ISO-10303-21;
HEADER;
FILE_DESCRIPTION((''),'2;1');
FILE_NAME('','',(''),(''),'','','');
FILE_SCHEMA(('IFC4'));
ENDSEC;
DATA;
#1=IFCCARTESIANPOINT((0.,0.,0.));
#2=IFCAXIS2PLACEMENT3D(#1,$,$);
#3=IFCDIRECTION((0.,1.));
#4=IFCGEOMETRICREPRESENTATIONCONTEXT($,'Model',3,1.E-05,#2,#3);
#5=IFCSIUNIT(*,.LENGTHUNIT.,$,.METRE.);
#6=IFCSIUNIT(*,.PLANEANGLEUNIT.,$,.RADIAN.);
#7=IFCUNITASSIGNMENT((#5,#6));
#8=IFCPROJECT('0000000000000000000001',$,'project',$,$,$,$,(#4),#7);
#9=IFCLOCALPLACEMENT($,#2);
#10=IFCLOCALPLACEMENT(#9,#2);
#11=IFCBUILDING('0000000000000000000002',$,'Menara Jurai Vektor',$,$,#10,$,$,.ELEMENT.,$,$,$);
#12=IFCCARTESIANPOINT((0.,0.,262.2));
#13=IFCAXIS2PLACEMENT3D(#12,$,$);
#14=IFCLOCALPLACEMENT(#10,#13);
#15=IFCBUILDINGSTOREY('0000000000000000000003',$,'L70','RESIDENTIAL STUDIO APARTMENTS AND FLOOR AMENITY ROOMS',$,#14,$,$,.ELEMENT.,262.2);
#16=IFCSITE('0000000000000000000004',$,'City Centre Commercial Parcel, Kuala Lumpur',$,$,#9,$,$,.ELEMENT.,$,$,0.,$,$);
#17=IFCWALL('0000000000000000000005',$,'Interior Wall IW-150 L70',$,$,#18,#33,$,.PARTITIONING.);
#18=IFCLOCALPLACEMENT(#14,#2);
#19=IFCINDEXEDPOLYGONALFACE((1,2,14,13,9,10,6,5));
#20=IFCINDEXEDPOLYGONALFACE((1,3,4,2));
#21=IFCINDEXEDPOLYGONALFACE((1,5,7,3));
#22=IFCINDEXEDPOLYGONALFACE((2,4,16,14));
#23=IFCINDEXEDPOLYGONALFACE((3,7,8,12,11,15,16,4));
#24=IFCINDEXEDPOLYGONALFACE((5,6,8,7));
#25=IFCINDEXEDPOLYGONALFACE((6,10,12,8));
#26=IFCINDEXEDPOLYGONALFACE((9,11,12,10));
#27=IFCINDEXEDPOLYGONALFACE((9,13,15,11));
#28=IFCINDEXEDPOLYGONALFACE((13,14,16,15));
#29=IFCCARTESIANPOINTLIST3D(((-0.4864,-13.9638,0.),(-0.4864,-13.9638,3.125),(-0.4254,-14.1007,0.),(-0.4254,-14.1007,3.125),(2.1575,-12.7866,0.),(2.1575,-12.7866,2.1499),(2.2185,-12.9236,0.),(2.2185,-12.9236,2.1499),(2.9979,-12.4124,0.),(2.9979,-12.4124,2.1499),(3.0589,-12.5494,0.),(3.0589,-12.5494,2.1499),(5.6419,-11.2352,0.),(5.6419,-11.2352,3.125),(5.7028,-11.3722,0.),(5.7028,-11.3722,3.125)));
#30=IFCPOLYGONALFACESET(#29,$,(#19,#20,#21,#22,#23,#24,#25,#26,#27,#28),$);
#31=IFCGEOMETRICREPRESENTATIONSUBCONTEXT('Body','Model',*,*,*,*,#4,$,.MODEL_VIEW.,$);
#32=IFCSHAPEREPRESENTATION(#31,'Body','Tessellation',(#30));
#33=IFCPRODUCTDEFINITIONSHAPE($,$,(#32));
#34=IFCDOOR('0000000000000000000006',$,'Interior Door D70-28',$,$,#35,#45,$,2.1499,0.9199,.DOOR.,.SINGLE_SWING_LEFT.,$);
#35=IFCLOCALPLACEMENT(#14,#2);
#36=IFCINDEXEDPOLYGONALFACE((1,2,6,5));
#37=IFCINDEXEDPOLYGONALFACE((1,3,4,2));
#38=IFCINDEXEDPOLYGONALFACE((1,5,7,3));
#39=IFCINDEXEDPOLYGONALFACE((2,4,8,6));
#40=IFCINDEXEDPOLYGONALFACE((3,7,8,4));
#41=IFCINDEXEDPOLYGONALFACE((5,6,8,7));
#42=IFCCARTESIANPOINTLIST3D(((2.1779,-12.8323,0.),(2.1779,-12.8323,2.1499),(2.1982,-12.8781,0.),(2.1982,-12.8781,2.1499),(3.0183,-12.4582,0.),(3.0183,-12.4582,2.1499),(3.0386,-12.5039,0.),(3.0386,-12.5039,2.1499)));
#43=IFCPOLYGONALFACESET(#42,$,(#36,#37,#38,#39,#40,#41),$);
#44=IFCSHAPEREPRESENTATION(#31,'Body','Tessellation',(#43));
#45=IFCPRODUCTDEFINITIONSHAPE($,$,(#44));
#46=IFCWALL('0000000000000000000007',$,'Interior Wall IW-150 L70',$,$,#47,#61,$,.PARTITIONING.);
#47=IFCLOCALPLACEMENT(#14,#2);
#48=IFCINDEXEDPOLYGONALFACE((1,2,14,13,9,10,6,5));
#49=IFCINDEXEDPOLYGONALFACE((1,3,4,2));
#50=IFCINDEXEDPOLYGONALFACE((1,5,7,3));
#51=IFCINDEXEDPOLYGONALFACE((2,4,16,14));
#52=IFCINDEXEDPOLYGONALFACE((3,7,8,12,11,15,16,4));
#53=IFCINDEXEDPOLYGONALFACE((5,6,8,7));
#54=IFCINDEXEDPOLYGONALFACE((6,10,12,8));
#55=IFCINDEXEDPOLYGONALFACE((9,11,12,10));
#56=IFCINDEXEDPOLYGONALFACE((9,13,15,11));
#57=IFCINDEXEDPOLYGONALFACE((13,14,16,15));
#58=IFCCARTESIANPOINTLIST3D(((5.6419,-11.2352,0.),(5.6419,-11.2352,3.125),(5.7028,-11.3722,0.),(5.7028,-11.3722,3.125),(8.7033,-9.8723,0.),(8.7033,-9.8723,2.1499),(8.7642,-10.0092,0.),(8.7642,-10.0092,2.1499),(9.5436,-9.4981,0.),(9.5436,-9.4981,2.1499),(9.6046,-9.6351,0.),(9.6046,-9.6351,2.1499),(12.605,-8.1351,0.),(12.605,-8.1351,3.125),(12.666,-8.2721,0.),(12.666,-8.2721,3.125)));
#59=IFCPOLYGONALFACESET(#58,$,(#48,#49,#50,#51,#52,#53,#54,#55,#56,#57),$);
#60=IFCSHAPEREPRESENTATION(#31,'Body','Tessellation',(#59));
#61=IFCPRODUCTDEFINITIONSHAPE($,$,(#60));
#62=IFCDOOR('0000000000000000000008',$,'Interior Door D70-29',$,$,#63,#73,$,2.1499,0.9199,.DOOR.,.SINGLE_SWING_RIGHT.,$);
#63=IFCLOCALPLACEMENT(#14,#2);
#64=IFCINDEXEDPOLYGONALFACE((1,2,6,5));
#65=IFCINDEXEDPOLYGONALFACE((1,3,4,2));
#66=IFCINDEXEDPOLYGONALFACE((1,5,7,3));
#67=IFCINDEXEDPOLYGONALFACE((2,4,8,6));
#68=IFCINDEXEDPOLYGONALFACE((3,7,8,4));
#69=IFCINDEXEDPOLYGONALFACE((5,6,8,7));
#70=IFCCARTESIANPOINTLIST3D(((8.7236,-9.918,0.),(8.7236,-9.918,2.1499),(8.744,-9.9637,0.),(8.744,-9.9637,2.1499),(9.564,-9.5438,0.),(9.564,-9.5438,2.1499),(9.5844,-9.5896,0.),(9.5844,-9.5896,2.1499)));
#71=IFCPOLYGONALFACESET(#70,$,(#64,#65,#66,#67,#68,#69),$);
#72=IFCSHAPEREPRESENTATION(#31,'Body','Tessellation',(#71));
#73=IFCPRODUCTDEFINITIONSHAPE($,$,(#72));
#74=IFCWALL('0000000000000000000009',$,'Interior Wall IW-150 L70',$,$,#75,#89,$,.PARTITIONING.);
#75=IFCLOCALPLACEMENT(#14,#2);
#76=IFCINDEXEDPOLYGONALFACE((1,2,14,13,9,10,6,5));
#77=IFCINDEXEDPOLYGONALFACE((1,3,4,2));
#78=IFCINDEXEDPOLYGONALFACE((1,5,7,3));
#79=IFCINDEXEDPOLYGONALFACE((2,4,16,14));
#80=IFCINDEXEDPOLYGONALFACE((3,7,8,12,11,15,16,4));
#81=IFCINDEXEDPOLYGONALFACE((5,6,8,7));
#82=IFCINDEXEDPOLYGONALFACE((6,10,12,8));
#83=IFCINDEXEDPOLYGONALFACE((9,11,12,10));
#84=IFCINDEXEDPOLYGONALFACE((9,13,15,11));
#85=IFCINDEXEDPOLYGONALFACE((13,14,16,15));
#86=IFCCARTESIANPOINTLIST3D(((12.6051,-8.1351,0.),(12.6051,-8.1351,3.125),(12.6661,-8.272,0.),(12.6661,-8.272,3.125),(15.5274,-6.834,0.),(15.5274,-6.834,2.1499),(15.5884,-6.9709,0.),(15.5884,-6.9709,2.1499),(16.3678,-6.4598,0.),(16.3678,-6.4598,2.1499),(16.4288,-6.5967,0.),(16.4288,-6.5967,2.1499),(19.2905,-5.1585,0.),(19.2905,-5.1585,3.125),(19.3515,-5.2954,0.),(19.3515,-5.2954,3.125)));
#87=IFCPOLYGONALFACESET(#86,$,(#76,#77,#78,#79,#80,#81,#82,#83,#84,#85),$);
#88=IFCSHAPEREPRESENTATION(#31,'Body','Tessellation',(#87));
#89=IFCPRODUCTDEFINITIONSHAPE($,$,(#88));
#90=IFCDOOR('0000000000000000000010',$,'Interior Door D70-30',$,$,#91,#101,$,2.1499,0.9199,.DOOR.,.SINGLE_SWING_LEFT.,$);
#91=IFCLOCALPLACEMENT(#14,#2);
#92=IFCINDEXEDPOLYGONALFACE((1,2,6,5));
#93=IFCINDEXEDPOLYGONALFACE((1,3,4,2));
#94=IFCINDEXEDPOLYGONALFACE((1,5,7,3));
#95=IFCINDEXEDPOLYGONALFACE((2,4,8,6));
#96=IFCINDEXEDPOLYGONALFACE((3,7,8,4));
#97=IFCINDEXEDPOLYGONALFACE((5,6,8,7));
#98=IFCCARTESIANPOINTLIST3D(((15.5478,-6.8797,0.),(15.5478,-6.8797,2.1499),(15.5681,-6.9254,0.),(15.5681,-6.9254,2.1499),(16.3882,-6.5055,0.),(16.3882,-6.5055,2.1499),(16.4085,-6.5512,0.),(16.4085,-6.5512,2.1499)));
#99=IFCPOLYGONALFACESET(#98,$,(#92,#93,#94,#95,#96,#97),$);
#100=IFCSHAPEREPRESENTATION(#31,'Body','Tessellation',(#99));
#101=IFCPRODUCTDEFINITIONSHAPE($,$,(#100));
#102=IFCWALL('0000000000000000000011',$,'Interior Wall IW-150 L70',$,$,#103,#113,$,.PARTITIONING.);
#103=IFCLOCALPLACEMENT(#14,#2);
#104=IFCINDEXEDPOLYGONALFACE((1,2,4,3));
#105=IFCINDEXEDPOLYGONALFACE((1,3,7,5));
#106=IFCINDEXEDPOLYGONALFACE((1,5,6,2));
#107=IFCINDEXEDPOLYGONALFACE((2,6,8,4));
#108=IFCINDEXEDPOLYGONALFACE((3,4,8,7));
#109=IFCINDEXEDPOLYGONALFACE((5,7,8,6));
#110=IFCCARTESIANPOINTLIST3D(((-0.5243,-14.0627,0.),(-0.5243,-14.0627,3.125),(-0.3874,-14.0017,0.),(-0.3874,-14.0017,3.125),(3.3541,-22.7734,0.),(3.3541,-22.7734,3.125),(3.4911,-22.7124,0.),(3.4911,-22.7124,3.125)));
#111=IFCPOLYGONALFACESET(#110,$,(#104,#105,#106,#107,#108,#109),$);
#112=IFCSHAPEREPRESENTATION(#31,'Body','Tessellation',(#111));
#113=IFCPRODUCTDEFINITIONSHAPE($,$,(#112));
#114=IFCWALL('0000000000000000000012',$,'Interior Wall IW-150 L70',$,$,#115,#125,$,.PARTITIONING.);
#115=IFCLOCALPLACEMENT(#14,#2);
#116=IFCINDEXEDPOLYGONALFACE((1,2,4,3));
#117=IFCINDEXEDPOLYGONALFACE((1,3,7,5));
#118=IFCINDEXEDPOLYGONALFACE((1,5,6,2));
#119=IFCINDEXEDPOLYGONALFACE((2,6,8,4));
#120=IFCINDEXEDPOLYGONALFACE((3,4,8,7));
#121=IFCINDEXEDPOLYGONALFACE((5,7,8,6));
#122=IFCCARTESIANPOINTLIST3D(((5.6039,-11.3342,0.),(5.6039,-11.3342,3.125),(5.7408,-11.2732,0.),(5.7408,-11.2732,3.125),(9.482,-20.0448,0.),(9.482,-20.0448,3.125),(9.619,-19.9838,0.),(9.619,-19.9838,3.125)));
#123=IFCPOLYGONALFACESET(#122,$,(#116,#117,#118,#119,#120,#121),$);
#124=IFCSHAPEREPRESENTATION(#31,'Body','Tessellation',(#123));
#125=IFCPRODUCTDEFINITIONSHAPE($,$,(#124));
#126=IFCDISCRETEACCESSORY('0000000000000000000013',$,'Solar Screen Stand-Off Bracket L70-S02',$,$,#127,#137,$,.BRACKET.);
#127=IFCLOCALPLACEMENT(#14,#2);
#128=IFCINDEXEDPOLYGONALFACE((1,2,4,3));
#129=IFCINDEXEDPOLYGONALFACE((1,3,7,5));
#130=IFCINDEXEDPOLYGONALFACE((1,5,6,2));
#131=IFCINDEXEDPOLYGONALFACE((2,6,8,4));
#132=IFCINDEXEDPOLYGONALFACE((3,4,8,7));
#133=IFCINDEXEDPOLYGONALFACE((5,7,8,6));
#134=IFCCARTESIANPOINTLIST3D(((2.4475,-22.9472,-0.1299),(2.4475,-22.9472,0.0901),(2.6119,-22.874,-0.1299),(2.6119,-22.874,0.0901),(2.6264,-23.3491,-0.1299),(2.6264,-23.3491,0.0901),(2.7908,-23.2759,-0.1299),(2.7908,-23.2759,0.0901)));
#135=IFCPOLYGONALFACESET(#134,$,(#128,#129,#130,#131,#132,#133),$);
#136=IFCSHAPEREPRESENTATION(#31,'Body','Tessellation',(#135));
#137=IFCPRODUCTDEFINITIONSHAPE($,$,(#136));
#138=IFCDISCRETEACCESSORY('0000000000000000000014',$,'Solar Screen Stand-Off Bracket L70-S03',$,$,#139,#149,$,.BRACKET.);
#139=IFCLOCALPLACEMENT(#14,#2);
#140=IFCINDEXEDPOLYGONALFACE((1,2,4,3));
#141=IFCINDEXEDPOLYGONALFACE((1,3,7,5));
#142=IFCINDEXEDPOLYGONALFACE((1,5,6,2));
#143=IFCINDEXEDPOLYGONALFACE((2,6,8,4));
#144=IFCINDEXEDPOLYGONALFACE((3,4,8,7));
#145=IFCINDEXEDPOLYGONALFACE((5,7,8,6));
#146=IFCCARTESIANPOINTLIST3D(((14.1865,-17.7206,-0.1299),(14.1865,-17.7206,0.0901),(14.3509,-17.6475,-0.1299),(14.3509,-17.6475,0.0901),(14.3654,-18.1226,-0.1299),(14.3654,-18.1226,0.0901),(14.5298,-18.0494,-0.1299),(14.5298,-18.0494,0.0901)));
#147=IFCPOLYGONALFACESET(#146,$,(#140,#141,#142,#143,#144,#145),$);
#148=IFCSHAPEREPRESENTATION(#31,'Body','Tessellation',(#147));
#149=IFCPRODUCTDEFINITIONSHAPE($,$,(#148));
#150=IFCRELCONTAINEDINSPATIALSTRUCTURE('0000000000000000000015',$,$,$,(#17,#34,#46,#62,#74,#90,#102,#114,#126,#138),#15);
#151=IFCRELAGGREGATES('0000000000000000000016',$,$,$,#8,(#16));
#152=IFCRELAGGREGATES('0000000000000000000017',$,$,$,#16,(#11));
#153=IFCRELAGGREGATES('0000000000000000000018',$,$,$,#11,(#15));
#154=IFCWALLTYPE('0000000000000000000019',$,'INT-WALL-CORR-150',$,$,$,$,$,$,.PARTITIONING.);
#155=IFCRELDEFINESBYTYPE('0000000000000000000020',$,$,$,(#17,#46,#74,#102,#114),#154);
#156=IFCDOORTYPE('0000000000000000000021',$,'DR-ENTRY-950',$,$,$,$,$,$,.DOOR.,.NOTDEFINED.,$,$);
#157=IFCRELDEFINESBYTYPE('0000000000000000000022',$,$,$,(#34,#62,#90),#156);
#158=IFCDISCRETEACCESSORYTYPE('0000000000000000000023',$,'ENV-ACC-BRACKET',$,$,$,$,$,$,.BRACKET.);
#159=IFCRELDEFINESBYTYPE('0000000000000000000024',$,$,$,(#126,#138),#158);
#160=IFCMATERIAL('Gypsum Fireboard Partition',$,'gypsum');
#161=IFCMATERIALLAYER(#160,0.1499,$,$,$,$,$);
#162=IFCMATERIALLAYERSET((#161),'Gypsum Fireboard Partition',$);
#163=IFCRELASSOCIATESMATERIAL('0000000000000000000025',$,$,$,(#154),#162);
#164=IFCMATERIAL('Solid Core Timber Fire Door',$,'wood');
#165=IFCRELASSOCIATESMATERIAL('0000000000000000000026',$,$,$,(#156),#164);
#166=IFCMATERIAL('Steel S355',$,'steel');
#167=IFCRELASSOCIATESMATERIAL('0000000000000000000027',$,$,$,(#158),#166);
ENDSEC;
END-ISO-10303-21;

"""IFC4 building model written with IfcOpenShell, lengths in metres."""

from ifc_helpers import new_model, si_unit, direction, frame, frame_2d, origin, origin_2d, place, context, subcontext, project, spatial, rectangle, extrude, material, layer, layer_set, type_object, element, fill, save


model = new_model("IFC4")

# Units and contexts
model_context = context("Model", 3, precision=1e-05, world=origin(), true_north=direction((0.0, 1.0)))
body_context = subcontext(model_context, "Body", "Model", "MODEL_VIEW")
ifc_project = project(units=[si_unit("LENGTHUNIT", "METRE"), si_unit("PLANEANGLEUNIT", "RADIAN")], contexts=[model_context])

# Site, building, storey
site_placement = place(None, origin())
site = spatial("IfcSite", under=ifc_project, at=site_placement, Name="City Centre Commercial Parcel, Kuala Lumpur", CompositionType="ELEMENT", RefElevation=0.0)
building_placement = place(site_placement, origin())
building = spatial("IfcBuilding", under=site, at=building_placement, Name="Menara Jurai Vektor", CompositionType="ELEMENT")
storey_placement = place(building_placement, frame((0.0, 0.0, 262.2)))
storey = spatial("IfcBuildingStorey", under=building, at=storey_placement, Name="L70", Description="RESIDENTIAL STUDIO APARTMENTS AND FLOOR AMENITY ROOMS", CompositionType="ELEMENT", Elevation=262.2)

# Shared definitions
ifc_material_1 = material(Name="Steel S355", Category="steel")

# Walls, openings, doors
ifc_material_2 = material(Name="Gypsum Fireboard Partition", Category="gypsum")
ifc_layer_1 = layer(ifc_material_2, 0.1499)
ifc_layer_set_1 = layer_set([ifc_layer_1], Name="Gypsum Fireboard Partition")
wall_type = type_object("IfcWallType", Name="INT-WALL-CORR-150", PredefinedType="PARTITIONING", material=ifc_layer_set_1)
wall_1_placement = place(storey_placement, frame((-0.4558, -14.0322, 0.0), z_axis=(0.0, 0.0, 1.0), x_axis=(0.913541, 0.406746, 0.0)))
wall_1 = element("IfcWall", 1, at=wall_1_placement, inside=storey, type_object=wall_type, Name="Interior Wall IW-150 L70", PredefinedType="PARTITIONING", context=body_context, shape_type="SweptSolid", body=[
    extrude(rectangle(XDim=6.7083, YDim=0.1499, at=frame_2d((3.354, 0.0))), origin(), (0.0, 0.0, 1.0), 3.125),
])
opening_1_placement = place(wall_1_placement, frame((2.894, 0.0, 0.0)))
opening_1 = element("IfcOpeningElement", 2, at=opening_1_placement, cuts=wall_1, PredefinedType="OPENING", context=body_context, shape_type="SweptSolid", body=[
    extrude(rectangle(XDim=0.9199, YDim=2.1499, at=frame_2d((0.46, 1.075))), frame((0.0, 0.085, 0.0), z_axis=(0.0, -1.0, 0.0), x_axis=(1.0, 0.0, 0.0)), (0.0, 0.0, 1.0), 0.1699),
])
ifc_material_3 = material(Name="Solid Core Timber Fire Door", Category="wood")
door_type = type_object("IfcDoorType", Name="DR-ENTRY-950", OperationType="NOTDEFINED", PredefinedType="DOOR", material=ifc_material_3)
door_1_placement = place(opening_1_placement, origin())
door_1 = element("IfcDoor", 3, at=door_1_placement, inside=storey, type_object=door_type, Name="Interior Door D70-28", OperationType="SINGLE_SWING_LEFT", OverallHeight=2.1499, OverallWidth=0.9199, PredefinedType="DOOR", context=body_context, shape_type="SweptSolid", body=[
    extrude(rectangle(XDim=0.9199, YDim=2.1499, at=frame_2d((0.46, 1.075))), frame((0.0, 0.0249, 0.0), z_axis=(0.0, -1.0, 0.0), x_axis=(1.0, 0.0, 0.0)), (0.0, 0.0, 1.0), 0.05),
])
fill(opening_1, door_1)
wall_2_placement = place(storey_placement, frame((5.6724, -11.3037, 0.0), z_axis=(0.0, 0.0, 1.0), x_axis=(0.91355, 0.406727, 0.0)))
wall_2 = element("IfcWall", 4, at=wall_2_placement, inside=storey, type_object=wall_type, Name="Interior Wall IW-150 L70", PredefinedType="PARTITIONING", context=body_context, shape_type="SweptSolid", body=[
    extrude(rectangle(XDim=7.6221, YDim=0.1499, at=frame_2d((3.811, 0.0))), origin(), (0.0, 0.0, 1.0), 3.125),
])
opening_2_placement = place(wall_2_placement, frame((3.3511, 0.0, 0.0)))
opening_2 = element("IfcOpeningElement", 5, at=opening_2_placement, cuts=wall_2, PredefinedType="OPENING", context=body_context, shape_type="SweptSolid", body=[
    extrude(rectangle(XDim=0.9199, YDim=2.1499, at=frame_2d((0.46, 1.075))), frame((0.0, 0.085, 0.0), z_axis=(0.0, -1.0, 0.0), x_axis=(1.0, 0.0, 0.0)), (0.0, 0.0, 1.0), 0.1699),
])
door_2_placement = place(opening_2_placement, origin())
door_2 = element("IfcDoor", 6, at=door_2_placement, inside=storey, type_object=door_type, Name="Interior Door D70-29", OperationType="SINGLE_SWING_RIGHT", OverallHeight=2.1499, OverallWidth=0.9199, PredefinedType="DOOR", context=body_context, shape_type="SweptSolid", body=[
    extrude(rectangle(XDim=0.9199, YDim=2.1499, at=frame_2d((0.46, 1.075))), frame((0.0, 0.0249, 0.0), z_axis=(0.0, -1.0, 0.0), x_axis=(1.0, 0.0, 0.0)), (0.0, 0.0, 1.0), 0.05),
])
fill(opening_2, door_2)
wall_3_placement = place(storey_placement, frame((12.6355, -8.2036, 0.0), z_axis=(0.0, 0.0, 1.0), x_axis=(0.913542, 0.406745, 0.0)))
wall_3 = element("IfcWall", 7, at=wall_3_placement, inside=storey, type_object=wall_type, Name="Interior Wall IW-150 L70", PredefinedType="PARTITIONING", context=body_context, shape_type="SweptSolid", body=[
    extrude(rectangle(XDim=7.3181, YDim=0.1499, at=frame_2d((3.6592, 0.0))), origin(), (0.0, 0.0, 1.0), 3.125),
])
opening_3_placement = place(wall_3_placement, frame((3.199, 0.0, 0.0)))
opening_3 = element("IfcOpeningElement", 8, at=opening_3_placement, cuts=wall_3, PredefinedType="OPENING", context=body_context, shape_type="SweptSolid", body=[
    extrude(rectangle(XDim=0.9199, YDim=2.1499, at=frame_2d((0.46, 1.075))), frame((0.0, 0.085, 0.0), z_axis=(0.0, -1.0, 0.0), x_axis=(1.0, 0.0, 0.0)), (0.0, 0.0, 1.0), 0.1699),
])
door_3_placement = place(opening_3_placement, origin())
door_3 = element("IfcDoor", 9, at=door_3_placement, inside=storey, type_object=door_type, Name="Interior Door D70-30", OperationType="SINGLE_SWING_LEFT", OverallHeight=2.1499, OverallWidth=0.9199, PredefinedType="DOOR", context=body_context, shape_type="SweptSolid", body=[
    extrude(rectangle(XDim=0.9199, YDim=2.1499, at=frame_2d((0.46, 1.075))), frame((0.0, 0.0249, 0.0), z_axis=(0.0, -1.0, 0.0), x_axis=(1.0, 0.0, 0.0)), (0.0, 0.0, 1.0), 0.05),
])
fill(opening_3, door_3)

# Walls
wall_4_placement = place(storey_placement, frame((3.4226, -22.7429, 0.0), z_axis=(0.0, 0.0, 1.0), x_axis=(-0.406751, 0.913539, 0.0)))
element("IfcWall", 10, at=wall_4_placement, inside=storey, type_object=wall_type, Name="Interior Wall IW-150 L70", PredefinedType="PARTITIONING", context=body_context, shape_type="SweptSolid", body=[
    extrude(rectangle(XDim=9.5352, YDim=0.1499, at=frame_2d((4.7676, 0.0))), origin(), (0.0, 0.0, 1.0), 3.125),
])
wall_5_placement = place(storey_placement, frame((9.5505, -20.0144, 0.0), z_axis=(0.0, 0.0, 1.0), x_axis=(-0.40673, 0.913548, 0.0)))
element("IfcWall", 11, at=wall_5_placement, inside=storey, type_object=wall_type, Name="Interior Wall IW-150 L70", PredefinedType="PARTITIONING", context=body_context, shape_type="SweptSolid", body=[
    extrude(rectangle(XDim=9.5349, YDim=0.1499, at=frame_2d((4.7676, 0.0))), origin(), (0.0, 0.0, 1.0), 3.125),
])

# Discrete accessories
discrete_accessory_type = type_object("IfcDiscreteAccessoryType", Name="ENV-ACC-BRACKET", PredefinedType="BRACKET", material=ifc_material_1)
for number, where, z_axis, x_axis, name in (
    (12, (2.6191, -23.1116, -0.1299), (0.0, 0.0, 1.0), (0.913545, 0.406737, 0.0), "Solar Screen Stand-Off Bracket L70-S02"),
    (13, (14.3582, -17.885, -0.1299), (0.0, 0.0, 1.0), (0.913545, 0.406737, 0.0), "Solar Screen Stand-Off Bracket L70-S03"),
):
    element("IfcDiscreteAccessory", number, at=place(storey_placement, frame(where, z_axis=z_axis, x_axis=x_axis)), inside=storey, type_object=discrete_accessory_type, Name=name, PredefinedType="BRACKET", context=body_context, shape_type="SweptSolid", body=[
        extrude(rectangle(XDim=0.1799, YDim=0.4399, at=origin_2d()), origin(), (0.0, 0.0, 1.0), 0.22),
    ])

save(model, "model.ifc")
